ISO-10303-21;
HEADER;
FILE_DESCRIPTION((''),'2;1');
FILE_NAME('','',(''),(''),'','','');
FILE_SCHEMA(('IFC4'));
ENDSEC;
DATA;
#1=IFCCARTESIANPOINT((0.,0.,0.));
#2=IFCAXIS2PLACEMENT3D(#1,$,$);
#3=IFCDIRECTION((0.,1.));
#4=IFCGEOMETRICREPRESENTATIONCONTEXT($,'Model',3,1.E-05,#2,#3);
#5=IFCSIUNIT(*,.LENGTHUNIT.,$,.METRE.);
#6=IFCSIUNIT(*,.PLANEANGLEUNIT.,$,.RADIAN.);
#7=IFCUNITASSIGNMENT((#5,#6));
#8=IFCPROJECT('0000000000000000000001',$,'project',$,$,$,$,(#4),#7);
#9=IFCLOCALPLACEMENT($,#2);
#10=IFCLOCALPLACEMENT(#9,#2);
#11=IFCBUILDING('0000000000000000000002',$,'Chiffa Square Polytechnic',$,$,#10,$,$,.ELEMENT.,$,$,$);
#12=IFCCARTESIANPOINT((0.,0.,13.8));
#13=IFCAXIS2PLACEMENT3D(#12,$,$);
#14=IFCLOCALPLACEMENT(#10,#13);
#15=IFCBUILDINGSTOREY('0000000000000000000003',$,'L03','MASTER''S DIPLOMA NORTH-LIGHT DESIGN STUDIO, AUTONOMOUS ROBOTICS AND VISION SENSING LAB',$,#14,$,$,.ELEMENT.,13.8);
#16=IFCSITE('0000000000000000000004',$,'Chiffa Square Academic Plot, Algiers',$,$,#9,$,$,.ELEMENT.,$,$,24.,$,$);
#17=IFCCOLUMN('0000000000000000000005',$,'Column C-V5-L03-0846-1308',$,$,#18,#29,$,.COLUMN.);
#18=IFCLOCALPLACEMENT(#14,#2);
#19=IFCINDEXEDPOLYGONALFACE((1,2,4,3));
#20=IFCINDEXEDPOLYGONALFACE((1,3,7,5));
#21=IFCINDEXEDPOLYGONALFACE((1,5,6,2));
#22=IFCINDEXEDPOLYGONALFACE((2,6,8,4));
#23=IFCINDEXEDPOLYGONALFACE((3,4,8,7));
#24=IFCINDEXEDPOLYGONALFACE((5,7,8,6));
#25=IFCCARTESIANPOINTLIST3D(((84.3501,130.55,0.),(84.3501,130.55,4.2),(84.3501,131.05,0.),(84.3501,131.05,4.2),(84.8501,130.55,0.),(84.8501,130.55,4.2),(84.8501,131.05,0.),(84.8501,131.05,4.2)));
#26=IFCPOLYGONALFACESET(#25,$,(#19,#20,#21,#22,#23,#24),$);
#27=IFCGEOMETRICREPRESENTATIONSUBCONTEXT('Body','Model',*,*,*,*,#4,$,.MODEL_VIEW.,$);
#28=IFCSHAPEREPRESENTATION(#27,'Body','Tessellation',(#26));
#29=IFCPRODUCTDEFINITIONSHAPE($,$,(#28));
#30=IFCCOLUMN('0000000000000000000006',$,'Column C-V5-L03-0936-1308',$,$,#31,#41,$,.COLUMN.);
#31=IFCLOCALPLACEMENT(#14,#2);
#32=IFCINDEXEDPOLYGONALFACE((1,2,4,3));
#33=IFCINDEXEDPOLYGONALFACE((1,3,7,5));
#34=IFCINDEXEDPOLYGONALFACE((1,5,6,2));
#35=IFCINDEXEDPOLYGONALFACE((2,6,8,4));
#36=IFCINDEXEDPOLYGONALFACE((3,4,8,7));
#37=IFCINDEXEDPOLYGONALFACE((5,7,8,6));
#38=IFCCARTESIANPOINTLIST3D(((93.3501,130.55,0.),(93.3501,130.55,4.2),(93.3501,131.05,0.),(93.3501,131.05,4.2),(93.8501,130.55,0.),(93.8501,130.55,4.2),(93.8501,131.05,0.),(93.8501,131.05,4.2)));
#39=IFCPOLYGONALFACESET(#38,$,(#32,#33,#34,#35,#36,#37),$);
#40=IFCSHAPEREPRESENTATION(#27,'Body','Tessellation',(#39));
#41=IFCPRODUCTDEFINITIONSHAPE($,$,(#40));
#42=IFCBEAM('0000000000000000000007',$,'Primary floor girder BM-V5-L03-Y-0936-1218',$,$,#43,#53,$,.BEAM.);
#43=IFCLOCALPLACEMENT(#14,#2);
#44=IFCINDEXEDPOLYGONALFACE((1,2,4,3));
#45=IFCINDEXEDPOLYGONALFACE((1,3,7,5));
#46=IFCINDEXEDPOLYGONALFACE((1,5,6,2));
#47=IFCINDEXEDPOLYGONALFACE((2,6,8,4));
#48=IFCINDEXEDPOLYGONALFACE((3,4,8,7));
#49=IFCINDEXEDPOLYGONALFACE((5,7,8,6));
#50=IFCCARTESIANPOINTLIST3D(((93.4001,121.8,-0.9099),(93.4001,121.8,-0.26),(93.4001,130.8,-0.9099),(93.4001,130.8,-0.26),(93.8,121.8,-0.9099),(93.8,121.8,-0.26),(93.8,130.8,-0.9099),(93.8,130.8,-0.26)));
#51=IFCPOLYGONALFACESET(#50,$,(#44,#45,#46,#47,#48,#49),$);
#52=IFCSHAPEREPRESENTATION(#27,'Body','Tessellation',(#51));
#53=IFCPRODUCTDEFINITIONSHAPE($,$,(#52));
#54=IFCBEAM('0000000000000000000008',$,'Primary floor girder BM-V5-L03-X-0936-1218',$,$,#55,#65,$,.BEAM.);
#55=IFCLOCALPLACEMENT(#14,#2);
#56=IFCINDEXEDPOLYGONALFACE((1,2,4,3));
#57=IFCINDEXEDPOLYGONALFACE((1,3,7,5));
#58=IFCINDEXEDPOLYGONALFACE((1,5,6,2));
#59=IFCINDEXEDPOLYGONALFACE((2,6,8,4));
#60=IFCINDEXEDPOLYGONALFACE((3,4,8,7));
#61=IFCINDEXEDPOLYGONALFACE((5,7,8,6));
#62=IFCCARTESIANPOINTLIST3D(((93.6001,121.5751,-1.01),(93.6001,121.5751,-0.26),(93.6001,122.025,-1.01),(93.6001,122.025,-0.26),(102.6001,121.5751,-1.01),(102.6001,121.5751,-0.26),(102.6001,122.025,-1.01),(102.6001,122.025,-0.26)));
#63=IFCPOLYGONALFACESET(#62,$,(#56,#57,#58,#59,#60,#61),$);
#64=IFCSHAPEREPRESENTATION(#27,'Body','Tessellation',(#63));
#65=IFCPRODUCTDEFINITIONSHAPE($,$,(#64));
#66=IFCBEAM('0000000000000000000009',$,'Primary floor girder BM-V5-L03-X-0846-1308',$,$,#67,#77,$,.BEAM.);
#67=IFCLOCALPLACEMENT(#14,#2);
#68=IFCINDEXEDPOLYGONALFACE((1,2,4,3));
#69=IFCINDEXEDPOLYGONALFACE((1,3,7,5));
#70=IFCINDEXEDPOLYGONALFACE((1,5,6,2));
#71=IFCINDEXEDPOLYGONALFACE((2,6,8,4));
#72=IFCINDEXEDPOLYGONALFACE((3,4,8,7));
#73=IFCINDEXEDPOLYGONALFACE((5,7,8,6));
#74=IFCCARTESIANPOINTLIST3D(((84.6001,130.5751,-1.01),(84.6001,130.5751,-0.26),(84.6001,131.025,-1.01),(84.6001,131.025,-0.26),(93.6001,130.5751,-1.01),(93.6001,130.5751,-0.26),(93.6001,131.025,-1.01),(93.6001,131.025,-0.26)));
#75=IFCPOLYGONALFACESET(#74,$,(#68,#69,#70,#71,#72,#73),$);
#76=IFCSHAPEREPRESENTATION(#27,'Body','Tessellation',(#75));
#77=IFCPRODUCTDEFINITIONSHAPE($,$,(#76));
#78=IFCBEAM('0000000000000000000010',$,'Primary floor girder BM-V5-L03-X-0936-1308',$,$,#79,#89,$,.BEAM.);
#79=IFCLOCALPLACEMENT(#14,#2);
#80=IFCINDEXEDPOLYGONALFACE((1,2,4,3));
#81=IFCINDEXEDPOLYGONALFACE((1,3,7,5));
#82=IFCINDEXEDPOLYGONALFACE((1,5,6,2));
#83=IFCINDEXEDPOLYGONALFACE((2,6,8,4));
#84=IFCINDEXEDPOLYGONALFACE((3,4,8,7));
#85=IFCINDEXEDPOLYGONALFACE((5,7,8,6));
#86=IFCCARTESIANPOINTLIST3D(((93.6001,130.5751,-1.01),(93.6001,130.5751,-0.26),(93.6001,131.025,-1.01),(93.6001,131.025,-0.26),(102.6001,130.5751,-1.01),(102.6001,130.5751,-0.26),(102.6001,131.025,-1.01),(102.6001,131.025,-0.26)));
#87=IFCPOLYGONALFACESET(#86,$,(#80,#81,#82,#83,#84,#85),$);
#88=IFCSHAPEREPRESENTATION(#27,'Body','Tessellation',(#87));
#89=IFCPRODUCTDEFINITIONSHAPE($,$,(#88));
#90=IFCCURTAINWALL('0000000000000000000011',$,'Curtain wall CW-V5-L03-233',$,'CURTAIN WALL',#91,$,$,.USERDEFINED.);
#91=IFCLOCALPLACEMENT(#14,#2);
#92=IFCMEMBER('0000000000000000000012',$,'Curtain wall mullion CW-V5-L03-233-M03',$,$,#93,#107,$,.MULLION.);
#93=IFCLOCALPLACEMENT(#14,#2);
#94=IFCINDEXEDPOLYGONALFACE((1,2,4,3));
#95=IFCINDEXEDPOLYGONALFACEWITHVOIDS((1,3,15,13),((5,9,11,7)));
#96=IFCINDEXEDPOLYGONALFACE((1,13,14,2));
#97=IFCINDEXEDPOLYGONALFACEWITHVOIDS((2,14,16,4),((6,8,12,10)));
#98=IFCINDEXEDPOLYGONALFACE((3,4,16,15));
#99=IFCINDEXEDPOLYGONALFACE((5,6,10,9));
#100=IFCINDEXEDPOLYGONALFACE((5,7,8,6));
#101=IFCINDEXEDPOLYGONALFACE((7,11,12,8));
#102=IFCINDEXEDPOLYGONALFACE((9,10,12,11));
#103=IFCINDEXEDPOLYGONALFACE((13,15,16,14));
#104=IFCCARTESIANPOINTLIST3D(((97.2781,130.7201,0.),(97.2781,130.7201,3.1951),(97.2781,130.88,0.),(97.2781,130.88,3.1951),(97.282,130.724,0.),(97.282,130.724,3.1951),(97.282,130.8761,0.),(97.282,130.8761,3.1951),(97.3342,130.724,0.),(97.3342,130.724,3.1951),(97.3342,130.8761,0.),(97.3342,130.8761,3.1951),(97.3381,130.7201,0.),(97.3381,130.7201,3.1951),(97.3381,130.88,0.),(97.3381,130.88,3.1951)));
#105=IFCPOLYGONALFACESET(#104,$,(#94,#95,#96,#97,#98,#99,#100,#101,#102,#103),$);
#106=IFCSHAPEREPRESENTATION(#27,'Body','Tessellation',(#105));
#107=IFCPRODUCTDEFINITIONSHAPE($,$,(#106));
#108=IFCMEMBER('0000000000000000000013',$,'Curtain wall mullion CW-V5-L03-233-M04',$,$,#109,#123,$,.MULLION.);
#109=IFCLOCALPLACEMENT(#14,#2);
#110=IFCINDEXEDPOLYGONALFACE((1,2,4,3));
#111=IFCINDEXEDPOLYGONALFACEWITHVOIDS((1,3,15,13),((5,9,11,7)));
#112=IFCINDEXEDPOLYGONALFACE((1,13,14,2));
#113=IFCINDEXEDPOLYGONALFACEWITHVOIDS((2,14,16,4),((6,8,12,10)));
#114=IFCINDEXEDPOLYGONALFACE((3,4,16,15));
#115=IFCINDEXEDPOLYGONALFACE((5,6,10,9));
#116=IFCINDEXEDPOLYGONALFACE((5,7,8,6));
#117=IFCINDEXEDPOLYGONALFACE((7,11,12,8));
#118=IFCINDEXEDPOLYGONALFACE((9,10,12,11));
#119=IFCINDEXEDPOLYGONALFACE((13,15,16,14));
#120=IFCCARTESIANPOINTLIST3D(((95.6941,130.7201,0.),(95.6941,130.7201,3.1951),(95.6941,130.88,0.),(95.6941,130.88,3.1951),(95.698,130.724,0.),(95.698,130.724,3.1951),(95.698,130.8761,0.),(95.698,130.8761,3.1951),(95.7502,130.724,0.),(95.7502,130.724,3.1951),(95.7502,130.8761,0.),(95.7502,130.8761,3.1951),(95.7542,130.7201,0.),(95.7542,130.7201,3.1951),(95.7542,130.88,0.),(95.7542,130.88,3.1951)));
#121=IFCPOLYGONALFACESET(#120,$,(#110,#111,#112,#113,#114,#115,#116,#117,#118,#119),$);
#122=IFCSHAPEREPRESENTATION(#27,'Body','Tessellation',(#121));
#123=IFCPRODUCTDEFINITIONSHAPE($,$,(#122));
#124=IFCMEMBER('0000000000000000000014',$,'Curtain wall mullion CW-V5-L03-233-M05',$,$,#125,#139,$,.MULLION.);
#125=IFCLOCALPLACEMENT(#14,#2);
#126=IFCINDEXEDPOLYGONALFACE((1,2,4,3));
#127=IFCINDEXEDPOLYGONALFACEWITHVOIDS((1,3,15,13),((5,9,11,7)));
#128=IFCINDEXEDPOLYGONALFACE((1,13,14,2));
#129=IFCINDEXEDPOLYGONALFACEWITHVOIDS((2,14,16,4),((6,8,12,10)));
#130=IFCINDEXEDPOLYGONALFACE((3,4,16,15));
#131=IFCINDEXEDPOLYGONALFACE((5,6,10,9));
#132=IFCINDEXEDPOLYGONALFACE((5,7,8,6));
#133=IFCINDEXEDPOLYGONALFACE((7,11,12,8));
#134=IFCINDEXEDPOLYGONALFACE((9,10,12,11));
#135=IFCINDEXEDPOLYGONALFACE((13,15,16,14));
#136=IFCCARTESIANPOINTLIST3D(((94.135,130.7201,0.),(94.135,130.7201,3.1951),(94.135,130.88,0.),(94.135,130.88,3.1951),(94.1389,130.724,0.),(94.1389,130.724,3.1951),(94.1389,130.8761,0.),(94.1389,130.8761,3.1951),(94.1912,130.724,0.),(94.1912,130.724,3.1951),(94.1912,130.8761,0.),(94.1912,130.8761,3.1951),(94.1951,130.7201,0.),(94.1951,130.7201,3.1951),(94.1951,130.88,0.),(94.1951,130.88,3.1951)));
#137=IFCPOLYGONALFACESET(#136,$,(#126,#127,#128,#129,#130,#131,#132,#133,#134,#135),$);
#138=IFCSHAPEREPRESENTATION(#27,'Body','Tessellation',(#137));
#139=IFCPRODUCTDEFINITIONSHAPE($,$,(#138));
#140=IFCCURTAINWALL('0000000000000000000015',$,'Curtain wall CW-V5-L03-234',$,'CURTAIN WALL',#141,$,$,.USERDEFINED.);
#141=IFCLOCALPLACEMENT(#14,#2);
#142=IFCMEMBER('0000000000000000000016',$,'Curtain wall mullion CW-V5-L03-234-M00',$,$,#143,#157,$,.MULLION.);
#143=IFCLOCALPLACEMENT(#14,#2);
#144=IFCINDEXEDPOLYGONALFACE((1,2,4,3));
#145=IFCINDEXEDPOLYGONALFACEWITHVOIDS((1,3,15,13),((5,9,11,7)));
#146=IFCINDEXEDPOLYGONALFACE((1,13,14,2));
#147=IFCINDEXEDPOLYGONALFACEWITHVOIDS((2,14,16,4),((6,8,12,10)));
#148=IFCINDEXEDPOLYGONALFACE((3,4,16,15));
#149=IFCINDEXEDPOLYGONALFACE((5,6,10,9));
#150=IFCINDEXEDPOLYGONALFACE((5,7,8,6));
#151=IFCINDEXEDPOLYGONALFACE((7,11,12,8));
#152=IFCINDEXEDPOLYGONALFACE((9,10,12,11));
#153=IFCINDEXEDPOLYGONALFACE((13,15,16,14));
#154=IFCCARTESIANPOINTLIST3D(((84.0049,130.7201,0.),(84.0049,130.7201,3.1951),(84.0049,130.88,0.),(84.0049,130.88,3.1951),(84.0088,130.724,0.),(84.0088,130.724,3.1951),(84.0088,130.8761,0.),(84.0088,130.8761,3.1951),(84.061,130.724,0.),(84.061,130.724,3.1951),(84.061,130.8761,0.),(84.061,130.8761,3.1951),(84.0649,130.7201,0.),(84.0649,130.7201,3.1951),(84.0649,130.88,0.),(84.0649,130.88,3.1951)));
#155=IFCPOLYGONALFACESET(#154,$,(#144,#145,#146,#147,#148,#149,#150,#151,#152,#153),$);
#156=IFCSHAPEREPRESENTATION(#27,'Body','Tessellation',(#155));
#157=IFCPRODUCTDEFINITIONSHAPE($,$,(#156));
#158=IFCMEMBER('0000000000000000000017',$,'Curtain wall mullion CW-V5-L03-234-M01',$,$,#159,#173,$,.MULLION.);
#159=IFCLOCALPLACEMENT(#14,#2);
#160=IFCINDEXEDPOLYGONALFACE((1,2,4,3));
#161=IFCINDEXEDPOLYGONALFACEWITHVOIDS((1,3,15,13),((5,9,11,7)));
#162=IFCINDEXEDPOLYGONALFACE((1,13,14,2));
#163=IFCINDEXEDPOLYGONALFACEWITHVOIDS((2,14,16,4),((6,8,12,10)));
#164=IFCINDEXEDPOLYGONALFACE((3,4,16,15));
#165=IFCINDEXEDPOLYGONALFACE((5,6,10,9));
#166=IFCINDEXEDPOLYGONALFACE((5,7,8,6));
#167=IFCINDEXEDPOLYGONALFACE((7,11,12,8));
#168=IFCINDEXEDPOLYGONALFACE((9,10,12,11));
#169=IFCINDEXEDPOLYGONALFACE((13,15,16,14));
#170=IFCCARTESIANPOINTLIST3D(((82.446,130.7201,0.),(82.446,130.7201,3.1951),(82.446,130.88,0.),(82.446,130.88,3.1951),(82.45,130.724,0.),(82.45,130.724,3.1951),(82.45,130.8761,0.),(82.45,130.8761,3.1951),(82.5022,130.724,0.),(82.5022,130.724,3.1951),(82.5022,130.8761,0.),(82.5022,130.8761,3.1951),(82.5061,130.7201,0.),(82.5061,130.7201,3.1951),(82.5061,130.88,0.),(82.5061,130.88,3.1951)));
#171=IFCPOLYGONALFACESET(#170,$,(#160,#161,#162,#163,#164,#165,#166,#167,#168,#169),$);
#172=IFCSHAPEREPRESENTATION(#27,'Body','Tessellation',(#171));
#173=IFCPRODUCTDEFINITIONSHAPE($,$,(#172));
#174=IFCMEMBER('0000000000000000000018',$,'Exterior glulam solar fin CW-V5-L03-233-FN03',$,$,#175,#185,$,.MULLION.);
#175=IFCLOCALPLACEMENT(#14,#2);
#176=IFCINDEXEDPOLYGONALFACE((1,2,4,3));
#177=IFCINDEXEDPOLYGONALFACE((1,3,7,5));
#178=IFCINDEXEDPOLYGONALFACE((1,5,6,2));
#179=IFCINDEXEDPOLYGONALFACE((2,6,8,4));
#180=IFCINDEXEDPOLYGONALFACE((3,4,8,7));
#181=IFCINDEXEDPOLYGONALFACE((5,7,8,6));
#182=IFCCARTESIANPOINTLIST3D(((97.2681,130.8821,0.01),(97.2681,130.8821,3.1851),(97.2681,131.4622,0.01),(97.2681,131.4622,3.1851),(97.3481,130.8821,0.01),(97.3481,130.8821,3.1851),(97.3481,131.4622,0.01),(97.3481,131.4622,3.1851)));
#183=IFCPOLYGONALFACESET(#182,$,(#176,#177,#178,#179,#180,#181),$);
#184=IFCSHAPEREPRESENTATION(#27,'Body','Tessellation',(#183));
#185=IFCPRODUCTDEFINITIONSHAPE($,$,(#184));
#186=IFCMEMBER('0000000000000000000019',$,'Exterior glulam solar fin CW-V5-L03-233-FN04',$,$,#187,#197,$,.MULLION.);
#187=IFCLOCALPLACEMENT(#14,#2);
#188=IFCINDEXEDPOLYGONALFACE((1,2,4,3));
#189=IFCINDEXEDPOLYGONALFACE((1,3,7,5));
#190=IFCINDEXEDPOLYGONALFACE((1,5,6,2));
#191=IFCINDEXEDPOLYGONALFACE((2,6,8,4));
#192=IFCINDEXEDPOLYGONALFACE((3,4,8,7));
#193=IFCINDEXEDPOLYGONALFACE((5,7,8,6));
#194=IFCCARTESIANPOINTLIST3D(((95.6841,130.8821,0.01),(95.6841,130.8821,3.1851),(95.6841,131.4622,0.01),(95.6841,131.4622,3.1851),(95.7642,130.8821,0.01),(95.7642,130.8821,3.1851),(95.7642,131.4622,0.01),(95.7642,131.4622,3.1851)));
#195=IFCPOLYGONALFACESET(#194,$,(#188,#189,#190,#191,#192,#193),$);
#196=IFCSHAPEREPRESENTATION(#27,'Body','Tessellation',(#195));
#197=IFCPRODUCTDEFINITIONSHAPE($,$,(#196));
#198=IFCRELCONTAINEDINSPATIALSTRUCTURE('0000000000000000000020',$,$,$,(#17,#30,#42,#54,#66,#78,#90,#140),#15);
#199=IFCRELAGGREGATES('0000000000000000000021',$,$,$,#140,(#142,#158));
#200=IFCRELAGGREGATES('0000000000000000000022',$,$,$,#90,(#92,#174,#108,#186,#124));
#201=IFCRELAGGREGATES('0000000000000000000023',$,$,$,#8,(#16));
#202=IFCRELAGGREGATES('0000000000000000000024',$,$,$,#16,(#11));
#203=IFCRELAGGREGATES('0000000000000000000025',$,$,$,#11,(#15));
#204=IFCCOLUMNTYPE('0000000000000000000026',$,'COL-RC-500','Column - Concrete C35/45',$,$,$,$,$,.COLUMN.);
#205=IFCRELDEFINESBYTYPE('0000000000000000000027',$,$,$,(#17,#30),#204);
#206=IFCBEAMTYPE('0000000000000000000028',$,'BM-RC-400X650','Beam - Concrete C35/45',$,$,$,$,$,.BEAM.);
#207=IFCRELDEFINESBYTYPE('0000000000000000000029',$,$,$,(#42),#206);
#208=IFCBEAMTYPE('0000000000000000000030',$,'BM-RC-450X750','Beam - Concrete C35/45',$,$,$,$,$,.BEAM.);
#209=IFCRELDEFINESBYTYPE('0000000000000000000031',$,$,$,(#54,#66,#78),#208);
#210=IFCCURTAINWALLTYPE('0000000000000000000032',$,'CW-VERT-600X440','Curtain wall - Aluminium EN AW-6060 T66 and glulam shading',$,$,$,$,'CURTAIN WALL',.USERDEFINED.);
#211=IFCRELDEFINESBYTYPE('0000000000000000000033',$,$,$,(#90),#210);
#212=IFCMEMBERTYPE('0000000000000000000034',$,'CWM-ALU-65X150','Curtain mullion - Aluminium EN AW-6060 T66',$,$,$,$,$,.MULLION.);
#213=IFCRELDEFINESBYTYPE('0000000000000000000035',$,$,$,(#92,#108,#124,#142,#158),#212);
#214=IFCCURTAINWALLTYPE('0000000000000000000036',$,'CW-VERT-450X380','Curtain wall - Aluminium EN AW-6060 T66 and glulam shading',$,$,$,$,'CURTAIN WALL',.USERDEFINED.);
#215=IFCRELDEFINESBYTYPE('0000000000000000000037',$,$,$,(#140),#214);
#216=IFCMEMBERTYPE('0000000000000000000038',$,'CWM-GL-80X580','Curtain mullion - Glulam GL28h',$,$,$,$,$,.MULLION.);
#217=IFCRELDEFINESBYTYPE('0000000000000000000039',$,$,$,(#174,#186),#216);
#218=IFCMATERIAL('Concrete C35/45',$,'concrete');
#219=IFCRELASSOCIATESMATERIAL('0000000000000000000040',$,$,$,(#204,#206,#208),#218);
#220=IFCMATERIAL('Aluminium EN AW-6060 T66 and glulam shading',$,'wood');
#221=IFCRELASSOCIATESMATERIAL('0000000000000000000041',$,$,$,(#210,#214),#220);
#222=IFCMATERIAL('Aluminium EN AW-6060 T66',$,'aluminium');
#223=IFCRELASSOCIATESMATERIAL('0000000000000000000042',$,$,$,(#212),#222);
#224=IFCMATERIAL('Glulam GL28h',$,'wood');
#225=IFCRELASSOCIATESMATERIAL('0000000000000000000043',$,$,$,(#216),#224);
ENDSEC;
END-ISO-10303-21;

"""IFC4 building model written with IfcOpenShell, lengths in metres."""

from ifc_helpers import new_model, si_unit, direction, frame, origin, origin_2d, place, context, subcontext, project, spatial, rectangle, hollow_rectangle, extrude, material, material_profile, profile_set, type_object, element, aggregate, save


model = new_model("IFC4")

# Units and contexts
model_context = context("Model", 3, precision=1e-05, world=origin(), true_north=direction((0.0, 1.0)))
body_context = subcontext(model_context, "Body", "Model", "MODEL_VIEW")
ifc_project = project(units=[si_unit("LENGTHUNIT", "METRE"), si_unit("PLANEANGLEUNIT", "RADIAN")], contexts=[model_context])

# Site, building, storey
site_placement = place(None, origin())
site = spatial("IfcSite", under=ifc_project, at=site_placement, Name="Chiffa Square Academic Plot, Algiers", CompositionType="ELEMENT", RefElevation=24.0)
building_placement = place(site_placement, origin())
building = spatial("IfcBuilding", under=site, at=building_placement, Name="Chiffa Square Polytechnic", CompositionType="ELEMENT")
storey_placement = place(building_placement, frame((0.0, 0.0, 13.8)))
storey = spatial("IfcBuildingStorey", under=building, at=storey_placement, Name="L03", Description="MASTER'S DIPLOMA NORTH-LIGHT DESIGN STUDIO, AUTONOMOUS ROBOTICS AND VISION SENSING LAB", CompositionType="ELEMENT", Elevation=13.8)

# Columns
ifc_material_1 = material(Name="Concrete C35/45", Category="concrete")
ifc_material_profile_1 = material_profile(ifc_material_1, rectangle(XDim=0.5, YDim=0.5, at=origin_2d()), Name="RC 500x500")
ifc_profile_set_1 = profile_set([ifc_material_profile_1], Name="Concrete C35/45")
column_type = type_object("IfcColumnType", Name="COL-RC-500", Description="Column - Concrete C35/45", PredefinedType="COLUMN", material=ifc_profile_set_1)
for number, where, z_axis, x_axis, name in (
    (1, (84.6001, 130.8, 0.0), (0.0, 0.0, 1.0), (1.0, 0.0, 0.0), "Column C-V5-L03-0846-1308"),
    (2, (93.6001, 130.8, 0.0), (0.0, 0.0, 1.0), (1.0, 0.0, 0.0), "Column C-V5-L03-0936-1308"),
):
    element("IfcColumn", number, at=place(storey_placement, frame(where, z_axis=z_axis, x_axis=x_axis)), inside=storey, type_object=column_type, Name=name, PredefinedType="COLUMN", context=body_context, shape_type="SweptSolid", body=[
        extrude(rectangle(XDim=0.5, YDim=0.5, at=origin_2d()), origin(), (0.0, 0.0, 1.0), 4.2),
    ])

# Beams
ifc_material_profile_2 = material_profile(ifc_material_1, rectangle(XDim=0.3999, YDim=0.6499, at=origin_2d()), Name="RC 400x650")
ifc_profile_set_2 = profile_set([ifc_material_profile_2], Name="Concrete C35/45")
beam_type_1 = type_object("IfcBeamType", Name="BM-RC-400X650", Description="Beam - Concrete C35/45", PredefinedType="BEAM", material=ifc_profile_set_2)
beam_placement = place(storey_placement, frame((93.6001, 121.8, -0.585), z_axis=(0.0, 1.0, 0.0), x_axis=(-1.0, 0.0, 0.0)))
element("IfcBeam", 3, at=beam_placement, inside=storey, type_object=beam_type_1, Name="Primary floor girder BM-V5-L03-Y-0936-1218", PredefinedType="BEAM", context=body_context, shape_type="SweptSolid", body=[
    extrude(rectangle(XDim=0.3999, YDim=0.6499, at=origin_2d()), origin(), (0.0, 0.0, 1.0), 9.0),
])
ifc_material_profile_3 = material_profile(ifc_material_1, rectangle(XDim=0.45, YDim=0.75, at=origin_2d()), Name="RC 450x750")
ifc_profile_set_3 = profile_set([ifc_material_profile_3], Name="Concrete C35/45")
beam_type_2 = type_object("IfcBeamType", Name="BM-RC-450X750", Description="Beam - Concrete C35/45", PredefinedType="BEAM", material=ifc_profile_set_3)
for number, where, z_axis, x_axis, name in (
    (4, (93.6001, 121.8, -0.635), (1.0, 0.0, 0.0), (0.0, 1.0, 0.0), "Primary floor girder BM-V5-L03-X-0936-1218"),
    (5, (84.6001, 130.8, -0.635), (1.0, 0.0, 0.0), (0.0, 1.0, 0.0), "Primary floor girder BM-V5-L03-X-0846-1308"),
    (6, (93.6001, 130.8, -0.635), (1.0, 0.0, 0.0), (0.0, 1.0, 0.0), "Primary floor girder BM-V5-L03-X-0936-1308"),
):
    element("IfcBeam", number, at=place(storey_placement, frame(where, z_axis=z_axis, x_axis=x_axis)), inside=storey, type_object=beam_type_2, Name=name, PredefinedType="BEAM", context=body_context, shape_type="SweptSolid", body=[
        extrude(rectangle(XDim=0.45, YDim=0.75, at=origin_2d()), origin(), (0.0, 0.0, 1.0), 9.0),
    ])

# Curtain walls, members
ifc_material_2 = material(Name="Aluminium EN AW-6060 T66 and glulam shading", Category="wood")
curtain_wall_type_1 = type_object("IfcCurtainWallType", Name="CW-VERT-600X440", Description="Curtain wall - Aluminium EN AW-6060 T66 and glulam shading", ElementType="CURTAIN WALL", PredefinedType="USERDEFINED", material=ifc_material_2)
curtain_wall_1_placement = place(storey_placement, origin())
curtain_wall_1 = element("IfcCurtainWall", 7, at=curtain_wall_1_placement, inside=storey, type_object=curtain_wall_type_1, Name="Curtain wall CW-V5-L03-233", ObjectType="CURTAIN WALL", PredefinedType="USERDEFINED")
ifc_material_3 = material(Name="Aluminium EN AW-6060 T66", Category="aluminium")
ifc_material_profile_4 = material_profile(ifc_material_3, hollow_rectangle(XDim=0.0601, YDim=0.1599, WallThickness=0.0039, at=origin_2d()), Name="ALU 60x160x4")
ifc_profile_set_4 = profile_set([ifc_material_profile_4], Name="Aluminium EN AW-6060 T66")
member_type_1 = type_object("IfcMemberType", Name="CWM-ALU-65X150", Description="Curtain mullion - Aluminium EN AW-6060 T66", PredefinedType="MULLION", material=ifc_profile_set_4)
member_1_placement = place(storey_placement, frame((97.3081, 130.8, 0.0), z_axis=(0.0, 0.0, 1.0), x_axis=(1.0, 0.0, 0.0)))
member_1 = element("IfcMember", 8, at=member_1_placement, type_object=member_type_1, Name="Curtain wall mullion CW-V5-L03-233-M03", PredefinedType="MULLION", context=body_context, shape_type="SweptSolid", body=[
    extrude(hollow_rectangle(XDim=0.0601, YDim=0.1599, WallThickness=0.0039, at=origin_2d()), origin(), (0.0, 0.0, 1.0), 3.1951),
])
member_2_placement = place(storey_placement, frame((95.7241, 130.8, 0.0), z_axis=(0.0, 0.0, 1.0), x_axis=(1.0, 0.0, 0.0)))
member_2 = element("IfcMember", 9, at=member_2_placement, type_object=member_type_1, Name="Curtain wall mullion CW-V5-L03-233-M04", PredefinedType="MULLION", context=body_context, shape_type="SweptSolid", body=[
    extrude(hollow_rectangle(XDim=0.0601, YDim=0.1599, WallThickness=0.0039, at=origin_2d()), origin(), (0.0, 0.0, 1.0), 3.1951),
])
member_3_placement = place(storey_placement, frame((94.165, 130.8, 0.0), z_axis=(0.0, 0.0, 1.0), x_axis=(1.0, 0.0, 0.0)))
member_3 = element("IfcMember", 10, at=member_3_placement, type_object=member_type_1, Name="Curtain wall mullion CW-V5-L03-233-M05", PredefinedType="MULLION", context=body_context, shape_type="SweptSolid", body=[
    extrude(hollow_rectangle(XDim=0.0601, YDim=0.1599, WallThickness=0.0039, at=origin_2d()), origin(), (0.0, 0.0, 1.0), 3.1951),
])
curtain_wall_type_2 = type_object("IfcCurtainWallType", Name="CW-VERT-450X380", Description="Curtain wall - Aluminium EN AW-6060 T66 and glulam shading", ElementType="CURTAIN WALL", PredefinedType="USERDEFINED", material=ifc_material_2)
curtain_wall_2_placement = place(storey_placement, origin())
curtain_wall_2 = element("IfcCurtainWall", 11, at=curtain_wall_2_placement, inside=storey, type_object=curtain_wall_type_2, Name="Curtain wall CW-V5-L03-234", ObjectType="CURTAIN WALL", PredefinedType="USERDEFINED")
member_4_placement = place(storey_placement, frame((84.0349, 130.8, 0.0), z_axis=(0.0, 0.0, 1.0), x_axis=(1.0, 0.0, 0.0)))
member_4 = element("IfcMember", 12, at=member_4_placement, type_object=member_type_1, Name="Curtain wall mullion CW-V5-L03-234-M00", PredefinedType="MULLION", context=body_context, shape_type="SweptSolid", body=[
    extrude(hollow_rectangle(XDim=0.0601, YDim=0.1599, WallThickness=0.0039, at=origin_2d()), origin(), (0.0, 0.0, 1.0), 3.1951),
])
member_5_placement = place(storey_placement, frame((82.4761, 130.8, 0.0), z_axis=(0.0, 0.0, 1.0), x_axis=(1.0, 0.0, 0.0)))
member_5 = element("IfcMember", 13, at=member_5_placement, type_object=member_type_1, Name="Curtain wall mullion CW-V5-L03-234-M01", PredefinedType="MULLION", context=body_context, shape_type="SweptSolid", body=[
    extrude(hollow_rectangle(XDim=0.0601, YDim=0.1599, WallThickness=0.0039, at=origin_2d()), origin(), (0.0, 0.0, 1.0), 3.1951),
])

# Members
ifc_material_4 = material(Name="Glulam GL28h", Category="wood")
ifc_material_profile_5 = material_profile(ifc_material_4, rectangle(XDim=0.0801, YDim=0.5801, at=origin_2d()), Name="GL28h 80x580")
ifc_profile_set_5 = profile_set([ifc_material_profile_5], Name="Glulam GL28h")
member_type_2 = type_object("IfcMemberType", Name="CWM-GL-80X580", Description="Curtain mullion - Glulam GL28h", PredefinedType="MULLION", material=ifc_profile_set_5)
member_6_placement = place(storey_placement, frame((97.3081, 131.1721, 0.01), z_axis=(0.0, 0.0, 1.0), x_axis=(-1.0, 0.0, 0.0)))
member_6 = element("IfcMember", 14, at=member_6_placement, type_object=member_type_2, Name="Exterior glulam solar fin CW-V5-L03-233-FN03", PredefinedType="MULLION", context=body_context, shape_type="SweptSolid", body=[
    extrude(rectangle(XDim=0.0801, YDim=0.5801, at=origin_2d()), origin(), (0.0, 0.0, 1.0), 3.175),
])
member_7_placement = place(storey_placement, frame((95.7241, 131.1721, 0.01), z_axis=(0.0, 0.0, 1.0), x_axis=(-1.0, 0.0, 0.0)))
member_7 = element("IfcMember", 15, at=member_7_placement, type_object=member_type_2, Name="Exterior glulam solar fin CW-V5-L03-233-FN04", PredefinedType="MULLION", context=body_context, shape_type="SweptSolid", body=[
    extrude(rectangle(XDim=0.0801, YDim=0.5801, at=origin_2d()), origin(), (0.0, 0.0, 1.0), 3.175),
])

aggregate(curtain_wall_2, [member_4, member_5])
aggregate(curtain_wall_1, [member_1, member_6, member_2, member_7, member_3])

save(model, "model.ifc")
